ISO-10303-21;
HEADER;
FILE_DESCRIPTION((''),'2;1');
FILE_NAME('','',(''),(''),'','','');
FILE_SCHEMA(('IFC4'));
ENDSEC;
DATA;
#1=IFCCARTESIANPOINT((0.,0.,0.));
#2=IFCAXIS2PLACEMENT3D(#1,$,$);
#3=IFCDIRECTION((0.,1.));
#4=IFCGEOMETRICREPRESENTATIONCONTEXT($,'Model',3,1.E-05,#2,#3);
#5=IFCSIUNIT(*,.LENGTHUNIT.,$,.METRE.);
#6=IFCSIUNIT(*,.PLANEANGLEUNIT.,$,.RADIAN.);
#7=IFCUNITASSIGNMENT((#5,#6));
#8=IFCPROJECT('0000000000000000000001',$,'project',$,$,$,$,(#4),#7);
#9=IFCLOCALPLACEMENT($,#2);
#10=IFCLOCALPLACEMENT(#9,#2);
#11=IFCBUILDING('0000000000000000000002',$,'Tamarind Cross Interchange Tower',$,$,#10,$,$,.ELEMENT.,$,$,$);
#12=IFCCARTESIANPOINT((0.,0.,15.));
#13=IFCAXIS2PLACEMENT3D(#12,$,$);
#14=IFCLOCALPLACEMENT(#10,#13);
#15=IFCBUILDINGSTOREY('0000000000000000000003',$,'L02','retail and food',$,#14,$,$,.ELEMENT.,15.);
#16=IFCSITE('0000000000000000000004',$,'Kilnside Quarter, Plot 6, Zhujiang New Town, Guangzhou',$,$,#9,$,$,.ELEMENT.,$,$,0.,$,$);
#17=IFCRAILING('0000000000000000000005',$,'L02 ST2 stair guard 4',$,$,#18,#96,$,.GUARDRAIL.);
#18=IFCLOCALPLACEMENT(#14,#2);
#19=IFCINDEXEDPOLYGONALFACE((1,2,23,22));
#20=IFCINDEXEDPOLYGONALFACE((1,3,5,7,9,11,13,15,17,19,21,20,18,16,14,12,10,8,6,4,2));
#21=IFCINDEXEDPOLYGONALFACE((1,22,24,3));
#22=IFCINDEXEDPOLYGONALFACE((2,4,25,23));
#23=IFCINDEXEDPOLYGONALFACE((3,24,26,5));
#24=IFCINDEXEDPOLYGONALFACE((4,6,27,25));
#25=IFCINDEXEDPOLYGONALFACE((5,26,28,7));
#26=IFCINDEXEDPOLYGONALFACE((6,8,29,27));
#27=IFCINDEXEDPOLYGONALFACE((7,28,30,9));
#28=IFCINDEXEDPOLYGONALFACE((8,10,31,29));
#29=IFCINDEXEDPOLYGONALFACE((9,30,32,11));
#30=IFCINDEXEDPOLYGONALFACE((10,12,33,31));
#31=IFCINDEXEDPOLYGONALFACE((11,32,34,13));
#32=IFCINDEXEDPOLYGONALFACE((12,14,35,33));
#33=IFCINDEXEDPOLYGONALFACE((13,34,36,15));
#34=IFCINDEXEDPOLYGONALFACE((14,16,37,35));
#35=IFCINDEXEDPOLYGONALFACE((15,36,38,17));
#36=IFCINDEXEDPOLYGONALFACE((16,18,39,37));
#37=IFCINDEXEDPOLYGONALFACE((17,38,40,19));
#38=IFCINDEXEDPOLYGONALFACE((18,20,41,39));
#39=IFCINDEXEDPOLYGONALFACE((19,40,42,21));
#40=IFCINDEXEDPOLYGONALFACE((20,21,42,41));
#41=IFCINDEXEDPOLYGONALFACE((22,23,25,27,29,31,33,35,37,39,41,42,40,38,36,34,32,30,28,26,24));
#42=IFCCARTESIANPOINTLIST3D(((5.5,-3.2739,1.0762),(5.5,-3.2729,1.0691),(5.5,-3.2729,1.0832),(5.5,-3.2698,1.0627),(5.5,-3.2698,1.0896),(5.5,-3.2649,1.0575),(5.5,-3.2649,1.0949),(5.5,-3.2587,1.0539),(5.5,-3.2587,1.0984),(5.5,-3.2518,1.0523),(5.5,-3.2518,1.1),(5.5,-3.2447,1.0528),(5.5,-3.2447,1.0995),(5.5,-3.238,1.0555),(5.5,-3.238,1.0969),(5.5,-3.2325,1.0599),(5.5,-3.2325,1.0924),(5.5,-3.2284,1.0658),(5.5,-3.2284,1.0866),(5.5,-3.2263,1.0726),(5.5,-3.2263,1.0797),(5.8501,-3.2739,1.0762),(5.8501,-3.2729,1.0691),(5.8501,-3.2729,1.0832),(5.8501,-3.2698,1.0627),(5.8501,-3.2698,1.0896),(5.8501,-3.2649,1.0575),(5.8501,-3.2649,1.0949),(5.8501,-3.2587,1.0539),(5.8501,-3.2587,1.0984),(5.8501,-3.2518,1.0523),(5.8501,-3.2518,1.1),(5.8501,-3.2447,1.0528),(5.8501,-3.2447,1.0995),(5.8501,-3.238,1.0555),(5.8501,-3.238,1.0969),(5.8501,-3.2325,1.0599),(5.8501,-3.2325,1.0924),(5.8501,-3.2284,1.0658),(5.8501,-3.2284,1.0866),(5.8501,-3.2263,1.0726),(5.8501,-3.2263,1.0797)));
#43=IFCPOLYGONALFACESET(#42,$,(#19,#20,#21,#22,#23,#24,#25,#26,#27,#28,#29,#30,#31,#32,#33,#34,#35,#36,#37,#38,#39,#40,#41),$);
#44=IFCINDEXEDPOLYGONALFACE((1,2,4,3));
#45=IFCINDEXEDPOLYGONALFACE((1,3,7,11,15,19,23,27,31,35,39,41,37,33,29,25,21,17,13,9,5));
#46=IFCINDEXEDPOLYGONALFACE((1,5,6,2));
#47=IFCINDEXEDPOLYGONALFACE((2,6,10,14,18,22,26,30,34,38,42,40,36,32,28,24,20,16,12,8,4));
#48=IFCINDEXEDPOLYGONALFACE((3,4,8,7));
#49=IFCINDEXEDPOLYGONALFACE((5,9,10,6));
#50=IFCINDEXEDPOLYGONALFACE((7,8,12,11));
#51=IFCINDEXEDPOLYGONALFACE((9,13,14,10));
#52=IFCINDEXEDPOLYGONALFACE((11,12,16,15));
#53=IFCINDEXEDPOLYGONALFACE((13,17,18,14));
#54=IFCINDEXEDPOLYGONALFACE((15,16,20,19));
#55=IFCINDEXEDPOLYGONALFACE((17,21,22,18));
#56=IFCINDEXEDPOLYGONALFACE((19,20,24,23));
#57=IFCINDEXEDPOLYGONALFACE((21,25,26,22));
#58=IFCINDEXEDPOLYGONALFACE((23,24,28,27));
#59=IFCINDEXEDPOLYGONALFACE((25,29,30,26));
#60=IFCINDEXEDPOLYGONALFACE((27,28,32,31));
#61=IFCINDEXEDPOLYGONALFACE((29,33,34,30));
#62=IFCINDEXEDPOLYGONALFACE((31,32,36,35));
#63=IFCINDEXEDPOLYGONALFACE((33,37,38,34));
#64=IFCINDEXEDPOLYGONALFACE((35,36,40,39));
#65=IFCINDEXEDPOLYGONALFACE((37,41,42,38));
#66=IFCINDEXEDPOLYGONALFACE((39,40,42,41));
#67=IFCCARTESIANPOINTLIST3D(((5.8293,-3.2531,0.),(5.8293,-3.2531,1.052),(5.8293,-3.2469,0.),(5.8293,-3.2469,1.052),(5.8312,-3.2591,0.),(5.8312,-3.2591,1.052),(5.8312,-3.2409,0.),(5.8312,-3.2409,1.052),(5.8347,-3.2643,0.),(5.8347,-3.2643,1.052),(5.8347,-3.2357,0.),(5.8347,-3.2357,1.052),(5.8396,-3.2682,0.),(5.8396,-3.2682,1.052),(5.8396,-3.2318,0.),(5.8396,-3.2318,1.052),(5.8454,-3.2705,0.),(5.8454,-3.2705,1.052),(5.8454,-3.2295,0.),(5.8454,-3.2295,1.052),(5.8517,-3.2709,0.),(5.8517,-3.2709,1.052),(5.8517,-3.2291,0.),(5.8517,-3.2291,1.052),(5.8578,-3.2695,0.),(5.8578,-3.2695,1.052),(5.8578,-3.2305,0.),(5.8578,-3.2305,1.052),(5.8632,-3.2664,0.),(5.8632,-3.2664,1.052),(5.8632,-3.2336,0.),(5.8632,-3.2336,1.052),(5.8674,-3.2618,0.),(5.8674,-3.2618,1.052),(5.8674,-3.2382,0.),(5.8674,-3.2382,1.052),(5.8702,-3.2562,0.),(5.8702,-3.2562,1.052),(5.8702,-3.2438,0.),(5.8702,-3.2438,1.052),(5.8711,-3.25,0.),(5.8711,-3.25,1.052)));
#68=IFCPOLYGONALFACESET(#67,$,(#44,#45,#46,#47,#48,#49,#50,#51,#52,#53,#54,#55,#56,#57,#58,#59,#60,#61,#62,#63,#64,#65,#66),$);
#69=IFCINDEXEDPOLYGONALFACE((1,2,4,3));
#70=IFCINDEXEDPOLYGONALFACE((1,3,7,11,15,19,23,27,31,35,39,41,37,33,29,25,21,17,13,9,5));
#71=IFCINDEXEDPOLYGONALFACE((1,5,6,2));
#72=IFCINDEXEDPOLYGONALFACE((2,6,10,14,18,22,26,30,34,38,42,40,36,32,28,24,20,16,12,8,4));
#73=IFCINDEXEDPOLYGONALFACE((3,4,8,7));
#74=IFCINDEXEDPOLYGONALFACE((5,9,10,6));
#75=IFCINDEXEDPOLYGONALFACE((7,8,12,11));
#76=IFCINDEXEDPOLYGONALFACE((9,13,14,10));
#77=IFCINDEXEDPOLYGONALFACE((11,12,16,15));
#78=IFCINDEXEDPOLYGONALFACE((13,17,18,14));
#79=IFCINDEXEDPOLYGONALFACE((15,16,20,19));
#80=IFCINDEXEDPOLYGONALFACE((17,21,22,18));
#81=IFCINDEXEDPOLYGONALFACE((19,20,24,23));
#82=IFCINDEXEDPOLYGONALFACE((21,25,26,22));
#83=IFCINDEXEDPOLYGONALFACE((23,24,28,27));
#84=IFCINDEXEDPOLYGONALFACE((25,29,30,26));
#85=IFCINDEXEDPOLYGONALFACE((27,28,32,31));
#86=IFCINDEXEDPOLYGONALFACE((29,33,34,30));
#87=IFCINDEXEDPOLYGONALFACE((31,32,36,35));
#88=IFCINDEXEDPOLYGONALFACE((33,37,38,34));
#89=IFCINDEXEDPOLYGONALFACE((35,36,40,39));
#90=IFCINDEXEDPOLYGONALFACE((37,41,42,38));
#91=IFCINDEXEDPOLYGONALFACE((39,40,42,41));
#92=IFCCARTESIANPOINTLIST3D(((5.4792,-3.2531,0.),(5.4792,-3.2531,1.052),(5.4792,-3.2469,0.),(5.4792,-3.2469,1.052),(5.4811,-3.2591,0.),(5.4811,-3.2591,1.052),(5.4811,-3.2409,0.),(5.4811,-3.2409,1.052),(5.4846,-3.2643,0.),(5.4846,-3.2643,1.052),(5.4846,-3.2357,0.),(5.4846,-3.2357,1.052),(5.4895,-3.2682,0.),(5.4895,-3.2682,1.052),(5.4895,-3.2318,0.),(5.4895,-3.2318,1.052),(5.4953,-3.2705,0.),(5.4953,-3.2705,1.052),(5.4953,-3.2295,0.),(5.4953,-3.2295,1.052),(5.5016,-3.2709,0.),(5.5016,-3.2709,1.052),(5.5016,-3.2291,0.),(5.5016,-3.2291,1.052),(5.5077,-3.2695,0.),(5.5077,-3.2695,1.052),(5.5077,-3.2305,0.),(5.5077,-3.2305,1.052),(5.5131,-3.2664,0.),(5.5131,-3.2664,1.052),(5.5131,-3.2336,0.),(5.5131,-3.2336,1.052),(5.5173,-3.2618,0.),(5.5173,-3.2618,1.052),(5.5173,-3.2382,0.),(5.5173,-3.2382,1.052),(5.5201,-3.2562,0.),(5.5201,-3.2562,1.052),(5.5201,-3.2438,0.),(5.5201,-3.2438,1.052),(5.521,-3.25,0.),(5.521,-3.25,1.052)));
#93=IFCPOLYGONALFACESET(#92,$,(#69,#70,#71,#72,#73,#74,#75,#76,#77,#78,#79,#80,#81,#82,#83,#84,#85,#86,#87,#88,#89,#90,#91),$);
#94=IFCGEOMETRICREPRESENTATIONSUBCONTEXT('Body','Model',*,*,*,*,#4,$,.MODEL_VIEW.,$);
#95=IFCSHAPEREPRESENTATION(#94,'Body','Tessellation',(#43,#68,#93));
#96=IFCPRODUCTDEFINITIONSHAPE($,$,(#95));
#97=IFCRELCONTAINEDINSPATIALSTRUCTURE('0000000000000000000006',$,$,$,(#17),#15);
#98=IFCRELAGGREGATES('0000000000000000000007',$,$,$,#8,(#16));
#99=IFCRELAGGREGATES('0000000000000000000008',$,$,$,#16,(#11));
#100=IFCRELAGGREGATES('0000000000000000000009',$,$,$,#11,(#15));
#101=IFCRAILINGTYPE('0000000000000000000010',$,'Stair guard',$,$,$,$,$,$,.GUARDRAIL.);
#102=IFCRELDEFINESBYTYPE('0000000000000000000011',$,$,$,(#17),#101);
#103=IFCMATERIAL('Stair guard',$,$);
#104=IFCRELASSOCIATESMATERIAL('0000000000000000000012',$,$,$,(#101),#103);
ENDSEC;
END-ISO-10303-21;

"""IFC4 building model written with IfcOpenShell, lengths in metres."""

from ifc_helpers import new_model, si_unit, direction, frame, origin, origin_2d, place, context, subcontext, project, spatial, circle, extrude, material, type_object, element, save


model = new_model("IFC4")

# Units and contexts
model_context = context("Model", 3, precision=1e-05, world=origin(), true_north=direction((0.0, 1.0)))
body_context = subcontext(model_context, "Body", "Model", "MODEL_VIEW")
ifc_project = project(units=[si_unit("LENGTHUNIT", "METRE"), si_unit("PLANEANGLEUNIT", "RADIAN")], contexts=[model_context])

# Site, building, storey
site_placement = place(None, origin())
site = spatial("IfcSite", under=ifc_project, at=site_placement, Name="Kilnside Quarter, Plot 6, Zhujiang New Town, Guangzhou", CompositionType="ELEMENT", RefElevation=0.0)
building_placement = place(site_placement, origin())
building = spatial("IfcBuilding", under=site, at=building_placement, Name="Tamarind Cross Interchange Tower", CompositionType="ELEMENT")
storey_placement = place(building_placement, frame((0.0, 0.0, 15.0)))
storey = spatial("IfcBuildingStorey", under=building, at=storey_placement, Name="L02", Description="retail and food", CompositionType="ELEMENT", Elevation=15.0)

# Railing
ifc_material_1 = material(Name="Stair guard")
railing_type_1 = type_object("IfcRailingType", Name="Stair guard", PredefinedType="GUARDRAIL", material=ifc_material_1)
railing_1_placement = place(storey_placement, frame((5.8501, -3.25, 0.0)))
element("IfcRailing", 1, at=railing_1_placement, inside=storey, type_object=railing_type_1, Name="L02 ST2 stair guard 4", PredefinedType="GUARDRAIL", context=body_context, shape_type="SweptSolid", body=[
    extrude(circle(Radius=0.0239, at=origin_2d()), frame((0.0, 0.0, 1.0762), z_axis=(-1.0, 0.0, 0.0), x_axis=(0.0, -1.0, 0.0)), (0.0, 0.0, 1.0), 0.3501),
    extrude(circle(Radius=0.021, at=origin_2d()), origin(), (0.0, 0.0, 1.0), 1.052),
    extrude(circle(Radius=0.021, at=origin_2d()), frame((-0.3501, 0.0, 0.0)), (0.0, 0.0, 1.0), 1.052),
])

save(model, "model.ifc")
